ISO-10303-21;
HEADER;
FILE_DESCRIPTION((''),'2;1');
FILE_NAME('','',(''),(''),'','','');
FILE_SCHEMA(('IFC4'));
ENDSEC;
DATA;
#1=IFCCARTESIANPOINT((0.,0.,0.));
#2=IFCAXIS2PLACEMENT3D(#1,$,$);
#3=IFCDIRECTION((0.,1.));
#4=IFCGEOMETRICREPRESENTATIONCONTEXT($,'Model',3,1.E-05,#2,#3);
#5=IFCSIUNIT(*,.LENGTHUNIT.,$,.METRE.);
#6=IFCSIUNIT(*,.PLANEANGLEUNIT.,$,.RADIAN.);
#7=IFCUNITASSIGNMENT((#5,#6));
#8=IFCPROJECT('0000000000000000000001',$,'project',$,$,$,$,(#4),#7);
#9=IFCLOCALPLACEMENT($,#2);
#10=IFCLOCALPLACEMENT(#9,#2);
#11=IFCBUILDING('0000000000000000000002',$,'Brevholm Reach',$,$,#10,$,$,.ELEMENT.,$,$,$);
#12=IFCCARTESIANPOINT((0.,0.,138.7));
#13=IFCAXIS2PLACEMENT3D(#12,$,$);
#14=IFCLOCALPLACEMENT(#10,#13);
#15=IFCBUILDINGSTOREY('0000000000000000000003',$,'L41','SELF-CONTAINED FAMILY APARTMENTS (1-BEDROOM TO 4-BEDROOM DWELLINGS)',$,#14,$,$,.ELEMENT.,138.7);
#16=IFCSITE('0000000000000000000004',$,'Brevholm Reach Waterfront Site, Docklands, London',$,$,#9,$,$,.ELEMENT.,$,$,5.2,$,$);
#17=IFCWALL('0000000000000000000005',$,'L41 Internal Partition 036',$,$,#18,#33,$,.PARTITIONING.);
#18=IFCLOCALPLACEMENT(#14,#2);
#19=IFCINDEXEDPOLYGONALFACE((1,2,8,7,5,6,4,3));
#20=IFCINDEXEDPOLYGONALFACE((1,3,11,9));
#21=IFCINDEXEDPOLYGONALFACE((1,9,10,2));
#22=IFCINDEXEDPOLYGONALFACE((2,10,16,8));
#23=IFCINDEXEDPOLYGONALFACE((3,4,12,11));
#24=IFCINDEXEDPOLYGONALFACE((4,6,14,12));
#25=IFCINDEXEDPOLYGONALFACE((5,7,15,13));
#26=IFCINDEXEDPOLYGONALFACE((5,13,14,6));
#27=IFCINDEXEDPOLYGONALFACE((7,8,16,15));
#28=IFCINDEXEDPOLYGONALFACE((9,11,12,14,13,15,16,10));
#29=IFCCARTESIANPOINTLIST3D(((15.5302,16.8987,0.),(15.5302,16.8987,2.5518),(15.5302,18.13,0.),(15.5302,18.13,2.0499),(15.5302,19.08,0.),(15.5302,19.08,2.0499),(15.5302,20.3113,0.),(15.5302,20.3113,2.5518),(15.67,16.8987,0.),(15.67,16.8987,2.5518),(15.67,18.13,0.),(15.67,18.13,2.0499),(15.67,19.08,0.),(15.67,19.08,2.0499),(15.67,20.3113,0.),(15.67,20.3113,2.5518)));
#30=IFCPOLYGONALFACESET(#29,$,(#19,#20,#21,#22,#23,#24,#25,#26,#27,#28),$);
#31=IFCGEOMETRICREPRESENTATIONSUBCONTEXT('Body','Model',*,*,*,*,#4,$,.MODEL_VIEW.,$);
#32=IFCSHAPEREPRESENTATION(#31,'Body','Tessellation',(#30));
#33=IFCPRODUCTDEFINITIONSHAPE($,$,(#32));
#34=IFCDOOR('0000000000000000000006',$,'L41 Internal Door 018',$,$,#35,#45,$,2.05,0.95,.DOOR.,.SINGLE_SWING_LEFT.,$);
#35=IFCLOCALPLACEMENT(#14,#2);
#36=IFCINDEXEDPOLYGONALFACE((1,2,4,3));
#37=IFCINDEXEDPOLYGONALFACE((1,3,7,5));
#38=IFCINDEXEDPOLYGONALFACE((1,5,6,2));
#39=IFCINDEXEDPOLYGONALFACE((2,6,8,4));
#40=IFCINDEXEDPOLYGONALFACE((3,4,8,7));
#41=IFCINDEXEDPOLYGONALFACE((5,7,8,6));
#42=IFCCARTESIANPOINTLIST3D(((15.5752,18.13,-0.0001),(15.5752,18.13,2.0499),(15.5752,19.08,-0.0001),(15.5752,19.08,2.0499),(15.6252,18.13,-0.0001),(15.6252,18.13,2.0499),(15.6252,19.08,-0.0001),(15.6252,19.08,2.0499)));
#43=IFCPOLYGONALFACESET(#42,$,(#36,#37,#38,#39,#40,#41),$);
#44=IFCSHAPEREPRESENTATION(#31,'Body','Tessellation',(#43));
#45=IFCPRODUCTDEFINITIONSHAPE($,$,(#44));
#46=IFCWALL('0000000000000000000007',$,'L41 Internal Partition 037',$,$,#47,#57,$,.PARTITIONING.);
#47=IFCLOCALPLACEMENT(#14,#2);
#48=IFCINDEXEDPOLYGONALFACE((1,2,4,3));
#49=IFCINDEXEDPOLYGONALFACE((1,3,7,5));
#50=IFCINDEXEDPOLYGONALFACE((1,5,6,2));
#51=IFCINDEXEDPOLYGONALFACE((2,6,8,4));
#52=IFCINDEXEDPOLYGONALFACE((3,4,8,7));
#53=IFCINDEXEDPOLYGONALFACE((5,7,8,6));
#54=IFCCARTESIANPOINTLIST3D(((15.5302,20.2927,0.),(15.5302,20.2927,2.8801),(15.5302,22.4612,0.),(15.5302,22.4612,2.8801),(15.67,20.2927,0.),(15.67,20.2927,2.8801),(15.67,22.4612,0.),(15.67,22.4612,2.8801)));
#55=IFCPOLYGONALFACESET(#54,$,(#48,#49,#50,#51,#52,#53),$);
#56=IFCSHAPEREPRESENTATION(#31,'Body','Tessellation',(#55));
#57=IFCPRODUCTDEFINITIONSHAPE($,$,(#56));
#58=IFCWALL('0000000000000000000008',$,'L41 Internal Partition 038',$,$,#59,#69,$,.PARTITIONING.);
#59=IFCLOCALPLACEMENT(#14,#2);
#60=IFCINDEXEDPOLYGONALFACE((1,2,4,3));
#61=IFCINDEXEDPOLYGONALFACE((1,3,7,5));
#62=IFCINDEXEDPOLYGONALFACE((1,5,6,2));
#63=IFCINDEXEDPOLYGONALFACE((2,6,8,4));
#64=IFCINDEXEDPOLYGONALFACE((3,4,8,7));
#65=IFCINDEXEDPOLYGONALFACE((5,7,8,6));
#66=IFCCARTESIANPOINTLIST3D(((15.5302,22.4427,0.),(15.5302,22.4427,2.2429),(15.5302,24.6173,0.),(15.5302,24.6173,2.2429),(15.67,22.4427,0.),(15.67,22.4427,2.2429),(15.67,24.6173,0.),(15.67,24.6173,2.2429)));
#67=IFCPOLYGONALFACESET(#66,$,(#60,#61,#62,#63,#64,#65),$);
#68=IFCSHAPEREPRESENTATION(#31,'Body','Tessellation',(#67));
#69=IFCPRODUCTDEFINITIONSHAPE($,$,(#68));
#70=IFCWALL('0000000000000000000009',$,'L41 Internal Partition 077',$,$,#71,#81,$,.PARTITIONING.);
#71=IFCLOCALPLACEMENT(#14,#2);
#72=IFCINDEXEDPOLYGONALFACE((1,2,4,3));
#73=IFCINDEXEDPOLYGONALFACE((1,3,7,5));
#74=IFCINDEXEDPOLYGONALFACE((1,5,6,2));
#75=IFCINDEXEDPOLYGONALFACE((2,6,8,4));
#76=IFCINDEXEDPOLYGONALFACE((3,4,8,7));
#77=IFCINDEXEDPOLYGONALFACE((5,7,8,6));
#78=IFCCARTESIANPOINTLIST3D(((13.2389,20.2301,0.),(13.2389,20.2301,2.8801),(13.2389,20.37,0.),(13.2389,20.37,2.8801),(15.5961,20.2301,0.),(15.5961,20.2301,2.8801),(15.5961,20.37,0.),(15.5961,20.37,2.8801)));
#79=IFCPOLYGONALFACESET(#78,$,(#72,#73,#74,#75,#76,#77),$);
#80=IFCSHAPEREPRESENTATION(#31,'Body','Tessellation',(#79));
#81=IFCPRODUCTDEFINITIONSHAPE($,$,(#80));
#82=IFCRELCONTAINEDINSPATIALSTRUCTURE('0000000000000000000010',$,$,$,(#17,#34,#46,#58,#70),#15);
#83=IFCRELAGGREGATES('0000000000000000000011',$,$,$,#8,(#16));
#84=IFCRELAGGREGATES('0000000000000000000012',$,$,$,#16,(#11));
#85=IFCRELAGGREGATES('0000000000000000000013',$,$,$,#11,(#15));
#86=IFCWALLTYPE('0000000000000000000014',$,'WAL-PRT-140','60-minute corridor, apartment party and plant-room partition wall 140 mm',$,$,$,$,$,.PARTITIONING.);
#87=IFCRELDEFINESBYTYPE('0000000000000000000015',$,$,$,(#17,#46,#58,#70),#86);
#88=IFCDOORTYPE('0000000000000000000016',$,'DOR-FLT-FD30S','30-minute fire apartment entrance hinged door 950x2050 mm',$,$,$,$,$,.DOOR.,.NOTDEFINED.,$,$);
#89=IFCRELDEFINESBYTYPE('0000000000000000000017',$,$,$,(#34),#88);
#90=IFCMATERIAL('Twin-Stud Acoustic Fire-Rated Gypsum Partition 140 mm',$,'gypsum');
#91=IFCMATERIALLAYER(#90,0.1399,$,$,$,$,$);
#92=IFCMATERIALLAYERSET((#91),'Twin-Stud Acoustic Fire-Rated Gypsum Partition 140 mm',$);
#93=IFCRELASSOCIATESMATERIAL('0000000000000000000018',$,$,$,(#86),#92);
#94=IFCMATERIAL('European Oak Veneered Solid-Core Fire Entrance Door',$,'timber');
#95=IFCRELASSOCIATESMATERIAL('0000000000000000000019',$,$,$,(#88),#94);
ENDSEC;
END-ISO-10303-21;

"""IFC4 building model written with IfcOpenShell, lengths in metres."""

from ifc_helpers import new_model, si_unit, direction, frame, frame_2d, origin, place, context, subcontext, project, spatial, rectangle, extrude, material, layer, layer_set, type_object, element, fill, save


model = new_model("IFC4")

# Units and contexts
model_context = context("Model", 3, precision=1e-05, world=origin(), true_north=direction((0.0, 1.0)))
body_context = subcontext(model_context, "Body", "Model", "MODEL_VIEW")
ifc_project = project(units=[si_unit("LENGTHUNIT", "METRE"), si_unit("PLANEANGLEUNIT", "RADIAN")], contexts=[model_context])

# Site, building, storey
site_placement = place(None, origin())
site = spatial("IfcSite", under=ifc_project, at=site_placement, Name="Brevholm Reach Waterfront Site, Docklands, London", CompositionType="ELEMENT", RefElevation=5.2)
building_placement = place(site_placement, origin())
building = spatial("IfcBuilding", under=site, at=building_placement, Name="Brevholm Reach", CompositionType="ELEMENT")
storey_placement = place(building_placement, frame((0.0, 0.0, 138.7)))
storey = spatial("IfcBuildingStorey", under=building, at=storey_placement, Name="L41", Description="SELF-CONTAINED FAMILY APARTMENTS (1-BEDROOM TO 4-BEDROOM DWELLINGS)", CompositionType="ELEMENT", Elevation=138.7)

# Wall, opening, door
ifc_material_1 = material(Name="Twin-Stud Acoustic Fire-Rated Gypsum Partition 140 mm", Category="gypsum")
ifc_layer_1 = layer(ifc_material_1, 0.1399)
ifc_layer_set_1 = layer_set([ifc_layer_1], Name="Twin-Stud Acoustic Fire-Rated Gypsum Partition 140 mm")
wall_type_1 = type_object("IfcWallType", Name="WAL-PRT-140", Description="60-minute corridor, apartment party and plant-room partition wall 140 mm", PredefinedType="PARTITIONING", material=ifc_layer_set_1)
wall_1_placement = place(storey_placement, frame((15.6001, 16.8987, 0.0), z_axis=(0.0, 0.0, 1.0), x_axis=(0.0, 1.0, 0.0)))
wall_1 = element("IfcWall", 1, at=wall_1_placement, inside=storey, type_object=wall_type_1, Name="L41 Internal Partition 036", PredefinedType="PARTITIONING", context=body_context, shape_type="SweptSolid", body=[
    extrude(rectangle(XDim=3.4126, YDim=0.1399, at=frame_2d((1.7063, 0.0))), origin(), (0.0, 0.0, 1.0), 2.5518),
])
opening_1_placement = place(wall_1_placement, frame((1.2312, 0.0, 0.0)))
opening_1 = element("IfcOpeningElement", 2, at=opening_1_placement, cuts=wall_1, PredefinedType="OPENING", context=body_context, shape_type="SweptSolid", body=[
    extrude(rectangle(XDim=0.95, YDim=2.05, at=frame_2d((0.4751, 1.0249))), frame((0.0, 0.0798, 0.0), z_axis=(0.0, -1.0, 0.0), x_axis=(1.0, 0.0, 0.0)), (0.0, 0.0, 1.0), 0.1599),
])
ifc_material_2 = material(Name="European Oak Veneered Solid-Core Fire Entrance Door", Category="timber")
door_type_1 = type_object("IfcDoorType", Name="DOR-FLT-FD30S", Description="30-minute fire apartment entrance hinged door 950x2050 mm", OperationType="NOTDEFINED", PredefinedType="DOOR", material=ifc_material_2)
door_1_placement = place(opening_1_placement, origin())
door_1 = element("IfcDoor", 3, at=door_1_placement, inside=storey, type_object=door_type_1, Name="L41 Internal Door 018", OperationType="SINGLE_SWING_LEFT", OverallHeight=2.05, OverallWidth=0.95, PredefinedType="DOOR", context=body_context, shape_type="SweptSolid", body=[
    extrude(rectangle(XDim=0.95, YDim=2.05, at=frame_2d((0.4751, 1.0249))), frame((0.0, 0.0249, 0.0), z_axis=(0.0, -1.0, 0.0), x_axis=(1.0, 0.0, 0.0)), (0.0, 0.0, 1.0), 0.05),
])
fill(opening_1, door_1)

# Walls
wall_2_placement = place(storey_placement, frame((15.6001, 20.2927, 0.0), z_axis=(0.0, 0.0, 1.0), x_axis=(0.0, 1.0, 0.0)))
element("IfcWall", 4, at=wall_2_placement, inside=storey, type_object=wall_type_1, Name="L41 Internal Partition 037", PredefinedType="PARTITIONING", context=body_context, shape_type="SweptSolid", body=[
    extrude(rectangle(XDim=2.1685, YDim=0.1399, at=frame_2d((1.0842, 0.0))), origin(), (0.0, 0.0, 1.0), 2.8801),
])
wall_3_placement = place(storey_placement, frame((15.6001, 22.4426, 0.0), z_axis=(0.0, 0.0, 1.0), x_axis=(0.0, 1.0, 0.0)))
element("IfcWall", 5, at=wall_3_placement, inside=storey, type_object=wall_type_1, Name="L41 Internal Partition 038", PredefinedType="PARTITIONING", context=body_context, shape_type="SweptSolid", body=[
    extrude(rectangle(XDim=2.1746, YDim=0.1399, at=frame_2d((1.0874, 0.0))), origin(), (0.0, 0.0, 1.0), 2.2429),
])
wall_4_placement = place(storey_placement, frame((13.2388, 20.3, 0.0), z_axis=(0.0, 0.0, 1.0), x_axis=(1.0, 0.0, 0.0)))
element("IfcWall", 6, at=wall_4_placement, inside=storey, type_object=wall_type_1, Name="L41 Internal Partition 077", PredefinedType="PARTITIONING", context=body_context, shape_type="SweptSolid", body=[
    extrude(rectangle(XDim=2.3572, YDim=0.1399, at=frame_2d((1.1787, 0.0))), origin(), (0.0, 0.0, 1.0), 2.8801),
])

save(model, "model.ifc")
